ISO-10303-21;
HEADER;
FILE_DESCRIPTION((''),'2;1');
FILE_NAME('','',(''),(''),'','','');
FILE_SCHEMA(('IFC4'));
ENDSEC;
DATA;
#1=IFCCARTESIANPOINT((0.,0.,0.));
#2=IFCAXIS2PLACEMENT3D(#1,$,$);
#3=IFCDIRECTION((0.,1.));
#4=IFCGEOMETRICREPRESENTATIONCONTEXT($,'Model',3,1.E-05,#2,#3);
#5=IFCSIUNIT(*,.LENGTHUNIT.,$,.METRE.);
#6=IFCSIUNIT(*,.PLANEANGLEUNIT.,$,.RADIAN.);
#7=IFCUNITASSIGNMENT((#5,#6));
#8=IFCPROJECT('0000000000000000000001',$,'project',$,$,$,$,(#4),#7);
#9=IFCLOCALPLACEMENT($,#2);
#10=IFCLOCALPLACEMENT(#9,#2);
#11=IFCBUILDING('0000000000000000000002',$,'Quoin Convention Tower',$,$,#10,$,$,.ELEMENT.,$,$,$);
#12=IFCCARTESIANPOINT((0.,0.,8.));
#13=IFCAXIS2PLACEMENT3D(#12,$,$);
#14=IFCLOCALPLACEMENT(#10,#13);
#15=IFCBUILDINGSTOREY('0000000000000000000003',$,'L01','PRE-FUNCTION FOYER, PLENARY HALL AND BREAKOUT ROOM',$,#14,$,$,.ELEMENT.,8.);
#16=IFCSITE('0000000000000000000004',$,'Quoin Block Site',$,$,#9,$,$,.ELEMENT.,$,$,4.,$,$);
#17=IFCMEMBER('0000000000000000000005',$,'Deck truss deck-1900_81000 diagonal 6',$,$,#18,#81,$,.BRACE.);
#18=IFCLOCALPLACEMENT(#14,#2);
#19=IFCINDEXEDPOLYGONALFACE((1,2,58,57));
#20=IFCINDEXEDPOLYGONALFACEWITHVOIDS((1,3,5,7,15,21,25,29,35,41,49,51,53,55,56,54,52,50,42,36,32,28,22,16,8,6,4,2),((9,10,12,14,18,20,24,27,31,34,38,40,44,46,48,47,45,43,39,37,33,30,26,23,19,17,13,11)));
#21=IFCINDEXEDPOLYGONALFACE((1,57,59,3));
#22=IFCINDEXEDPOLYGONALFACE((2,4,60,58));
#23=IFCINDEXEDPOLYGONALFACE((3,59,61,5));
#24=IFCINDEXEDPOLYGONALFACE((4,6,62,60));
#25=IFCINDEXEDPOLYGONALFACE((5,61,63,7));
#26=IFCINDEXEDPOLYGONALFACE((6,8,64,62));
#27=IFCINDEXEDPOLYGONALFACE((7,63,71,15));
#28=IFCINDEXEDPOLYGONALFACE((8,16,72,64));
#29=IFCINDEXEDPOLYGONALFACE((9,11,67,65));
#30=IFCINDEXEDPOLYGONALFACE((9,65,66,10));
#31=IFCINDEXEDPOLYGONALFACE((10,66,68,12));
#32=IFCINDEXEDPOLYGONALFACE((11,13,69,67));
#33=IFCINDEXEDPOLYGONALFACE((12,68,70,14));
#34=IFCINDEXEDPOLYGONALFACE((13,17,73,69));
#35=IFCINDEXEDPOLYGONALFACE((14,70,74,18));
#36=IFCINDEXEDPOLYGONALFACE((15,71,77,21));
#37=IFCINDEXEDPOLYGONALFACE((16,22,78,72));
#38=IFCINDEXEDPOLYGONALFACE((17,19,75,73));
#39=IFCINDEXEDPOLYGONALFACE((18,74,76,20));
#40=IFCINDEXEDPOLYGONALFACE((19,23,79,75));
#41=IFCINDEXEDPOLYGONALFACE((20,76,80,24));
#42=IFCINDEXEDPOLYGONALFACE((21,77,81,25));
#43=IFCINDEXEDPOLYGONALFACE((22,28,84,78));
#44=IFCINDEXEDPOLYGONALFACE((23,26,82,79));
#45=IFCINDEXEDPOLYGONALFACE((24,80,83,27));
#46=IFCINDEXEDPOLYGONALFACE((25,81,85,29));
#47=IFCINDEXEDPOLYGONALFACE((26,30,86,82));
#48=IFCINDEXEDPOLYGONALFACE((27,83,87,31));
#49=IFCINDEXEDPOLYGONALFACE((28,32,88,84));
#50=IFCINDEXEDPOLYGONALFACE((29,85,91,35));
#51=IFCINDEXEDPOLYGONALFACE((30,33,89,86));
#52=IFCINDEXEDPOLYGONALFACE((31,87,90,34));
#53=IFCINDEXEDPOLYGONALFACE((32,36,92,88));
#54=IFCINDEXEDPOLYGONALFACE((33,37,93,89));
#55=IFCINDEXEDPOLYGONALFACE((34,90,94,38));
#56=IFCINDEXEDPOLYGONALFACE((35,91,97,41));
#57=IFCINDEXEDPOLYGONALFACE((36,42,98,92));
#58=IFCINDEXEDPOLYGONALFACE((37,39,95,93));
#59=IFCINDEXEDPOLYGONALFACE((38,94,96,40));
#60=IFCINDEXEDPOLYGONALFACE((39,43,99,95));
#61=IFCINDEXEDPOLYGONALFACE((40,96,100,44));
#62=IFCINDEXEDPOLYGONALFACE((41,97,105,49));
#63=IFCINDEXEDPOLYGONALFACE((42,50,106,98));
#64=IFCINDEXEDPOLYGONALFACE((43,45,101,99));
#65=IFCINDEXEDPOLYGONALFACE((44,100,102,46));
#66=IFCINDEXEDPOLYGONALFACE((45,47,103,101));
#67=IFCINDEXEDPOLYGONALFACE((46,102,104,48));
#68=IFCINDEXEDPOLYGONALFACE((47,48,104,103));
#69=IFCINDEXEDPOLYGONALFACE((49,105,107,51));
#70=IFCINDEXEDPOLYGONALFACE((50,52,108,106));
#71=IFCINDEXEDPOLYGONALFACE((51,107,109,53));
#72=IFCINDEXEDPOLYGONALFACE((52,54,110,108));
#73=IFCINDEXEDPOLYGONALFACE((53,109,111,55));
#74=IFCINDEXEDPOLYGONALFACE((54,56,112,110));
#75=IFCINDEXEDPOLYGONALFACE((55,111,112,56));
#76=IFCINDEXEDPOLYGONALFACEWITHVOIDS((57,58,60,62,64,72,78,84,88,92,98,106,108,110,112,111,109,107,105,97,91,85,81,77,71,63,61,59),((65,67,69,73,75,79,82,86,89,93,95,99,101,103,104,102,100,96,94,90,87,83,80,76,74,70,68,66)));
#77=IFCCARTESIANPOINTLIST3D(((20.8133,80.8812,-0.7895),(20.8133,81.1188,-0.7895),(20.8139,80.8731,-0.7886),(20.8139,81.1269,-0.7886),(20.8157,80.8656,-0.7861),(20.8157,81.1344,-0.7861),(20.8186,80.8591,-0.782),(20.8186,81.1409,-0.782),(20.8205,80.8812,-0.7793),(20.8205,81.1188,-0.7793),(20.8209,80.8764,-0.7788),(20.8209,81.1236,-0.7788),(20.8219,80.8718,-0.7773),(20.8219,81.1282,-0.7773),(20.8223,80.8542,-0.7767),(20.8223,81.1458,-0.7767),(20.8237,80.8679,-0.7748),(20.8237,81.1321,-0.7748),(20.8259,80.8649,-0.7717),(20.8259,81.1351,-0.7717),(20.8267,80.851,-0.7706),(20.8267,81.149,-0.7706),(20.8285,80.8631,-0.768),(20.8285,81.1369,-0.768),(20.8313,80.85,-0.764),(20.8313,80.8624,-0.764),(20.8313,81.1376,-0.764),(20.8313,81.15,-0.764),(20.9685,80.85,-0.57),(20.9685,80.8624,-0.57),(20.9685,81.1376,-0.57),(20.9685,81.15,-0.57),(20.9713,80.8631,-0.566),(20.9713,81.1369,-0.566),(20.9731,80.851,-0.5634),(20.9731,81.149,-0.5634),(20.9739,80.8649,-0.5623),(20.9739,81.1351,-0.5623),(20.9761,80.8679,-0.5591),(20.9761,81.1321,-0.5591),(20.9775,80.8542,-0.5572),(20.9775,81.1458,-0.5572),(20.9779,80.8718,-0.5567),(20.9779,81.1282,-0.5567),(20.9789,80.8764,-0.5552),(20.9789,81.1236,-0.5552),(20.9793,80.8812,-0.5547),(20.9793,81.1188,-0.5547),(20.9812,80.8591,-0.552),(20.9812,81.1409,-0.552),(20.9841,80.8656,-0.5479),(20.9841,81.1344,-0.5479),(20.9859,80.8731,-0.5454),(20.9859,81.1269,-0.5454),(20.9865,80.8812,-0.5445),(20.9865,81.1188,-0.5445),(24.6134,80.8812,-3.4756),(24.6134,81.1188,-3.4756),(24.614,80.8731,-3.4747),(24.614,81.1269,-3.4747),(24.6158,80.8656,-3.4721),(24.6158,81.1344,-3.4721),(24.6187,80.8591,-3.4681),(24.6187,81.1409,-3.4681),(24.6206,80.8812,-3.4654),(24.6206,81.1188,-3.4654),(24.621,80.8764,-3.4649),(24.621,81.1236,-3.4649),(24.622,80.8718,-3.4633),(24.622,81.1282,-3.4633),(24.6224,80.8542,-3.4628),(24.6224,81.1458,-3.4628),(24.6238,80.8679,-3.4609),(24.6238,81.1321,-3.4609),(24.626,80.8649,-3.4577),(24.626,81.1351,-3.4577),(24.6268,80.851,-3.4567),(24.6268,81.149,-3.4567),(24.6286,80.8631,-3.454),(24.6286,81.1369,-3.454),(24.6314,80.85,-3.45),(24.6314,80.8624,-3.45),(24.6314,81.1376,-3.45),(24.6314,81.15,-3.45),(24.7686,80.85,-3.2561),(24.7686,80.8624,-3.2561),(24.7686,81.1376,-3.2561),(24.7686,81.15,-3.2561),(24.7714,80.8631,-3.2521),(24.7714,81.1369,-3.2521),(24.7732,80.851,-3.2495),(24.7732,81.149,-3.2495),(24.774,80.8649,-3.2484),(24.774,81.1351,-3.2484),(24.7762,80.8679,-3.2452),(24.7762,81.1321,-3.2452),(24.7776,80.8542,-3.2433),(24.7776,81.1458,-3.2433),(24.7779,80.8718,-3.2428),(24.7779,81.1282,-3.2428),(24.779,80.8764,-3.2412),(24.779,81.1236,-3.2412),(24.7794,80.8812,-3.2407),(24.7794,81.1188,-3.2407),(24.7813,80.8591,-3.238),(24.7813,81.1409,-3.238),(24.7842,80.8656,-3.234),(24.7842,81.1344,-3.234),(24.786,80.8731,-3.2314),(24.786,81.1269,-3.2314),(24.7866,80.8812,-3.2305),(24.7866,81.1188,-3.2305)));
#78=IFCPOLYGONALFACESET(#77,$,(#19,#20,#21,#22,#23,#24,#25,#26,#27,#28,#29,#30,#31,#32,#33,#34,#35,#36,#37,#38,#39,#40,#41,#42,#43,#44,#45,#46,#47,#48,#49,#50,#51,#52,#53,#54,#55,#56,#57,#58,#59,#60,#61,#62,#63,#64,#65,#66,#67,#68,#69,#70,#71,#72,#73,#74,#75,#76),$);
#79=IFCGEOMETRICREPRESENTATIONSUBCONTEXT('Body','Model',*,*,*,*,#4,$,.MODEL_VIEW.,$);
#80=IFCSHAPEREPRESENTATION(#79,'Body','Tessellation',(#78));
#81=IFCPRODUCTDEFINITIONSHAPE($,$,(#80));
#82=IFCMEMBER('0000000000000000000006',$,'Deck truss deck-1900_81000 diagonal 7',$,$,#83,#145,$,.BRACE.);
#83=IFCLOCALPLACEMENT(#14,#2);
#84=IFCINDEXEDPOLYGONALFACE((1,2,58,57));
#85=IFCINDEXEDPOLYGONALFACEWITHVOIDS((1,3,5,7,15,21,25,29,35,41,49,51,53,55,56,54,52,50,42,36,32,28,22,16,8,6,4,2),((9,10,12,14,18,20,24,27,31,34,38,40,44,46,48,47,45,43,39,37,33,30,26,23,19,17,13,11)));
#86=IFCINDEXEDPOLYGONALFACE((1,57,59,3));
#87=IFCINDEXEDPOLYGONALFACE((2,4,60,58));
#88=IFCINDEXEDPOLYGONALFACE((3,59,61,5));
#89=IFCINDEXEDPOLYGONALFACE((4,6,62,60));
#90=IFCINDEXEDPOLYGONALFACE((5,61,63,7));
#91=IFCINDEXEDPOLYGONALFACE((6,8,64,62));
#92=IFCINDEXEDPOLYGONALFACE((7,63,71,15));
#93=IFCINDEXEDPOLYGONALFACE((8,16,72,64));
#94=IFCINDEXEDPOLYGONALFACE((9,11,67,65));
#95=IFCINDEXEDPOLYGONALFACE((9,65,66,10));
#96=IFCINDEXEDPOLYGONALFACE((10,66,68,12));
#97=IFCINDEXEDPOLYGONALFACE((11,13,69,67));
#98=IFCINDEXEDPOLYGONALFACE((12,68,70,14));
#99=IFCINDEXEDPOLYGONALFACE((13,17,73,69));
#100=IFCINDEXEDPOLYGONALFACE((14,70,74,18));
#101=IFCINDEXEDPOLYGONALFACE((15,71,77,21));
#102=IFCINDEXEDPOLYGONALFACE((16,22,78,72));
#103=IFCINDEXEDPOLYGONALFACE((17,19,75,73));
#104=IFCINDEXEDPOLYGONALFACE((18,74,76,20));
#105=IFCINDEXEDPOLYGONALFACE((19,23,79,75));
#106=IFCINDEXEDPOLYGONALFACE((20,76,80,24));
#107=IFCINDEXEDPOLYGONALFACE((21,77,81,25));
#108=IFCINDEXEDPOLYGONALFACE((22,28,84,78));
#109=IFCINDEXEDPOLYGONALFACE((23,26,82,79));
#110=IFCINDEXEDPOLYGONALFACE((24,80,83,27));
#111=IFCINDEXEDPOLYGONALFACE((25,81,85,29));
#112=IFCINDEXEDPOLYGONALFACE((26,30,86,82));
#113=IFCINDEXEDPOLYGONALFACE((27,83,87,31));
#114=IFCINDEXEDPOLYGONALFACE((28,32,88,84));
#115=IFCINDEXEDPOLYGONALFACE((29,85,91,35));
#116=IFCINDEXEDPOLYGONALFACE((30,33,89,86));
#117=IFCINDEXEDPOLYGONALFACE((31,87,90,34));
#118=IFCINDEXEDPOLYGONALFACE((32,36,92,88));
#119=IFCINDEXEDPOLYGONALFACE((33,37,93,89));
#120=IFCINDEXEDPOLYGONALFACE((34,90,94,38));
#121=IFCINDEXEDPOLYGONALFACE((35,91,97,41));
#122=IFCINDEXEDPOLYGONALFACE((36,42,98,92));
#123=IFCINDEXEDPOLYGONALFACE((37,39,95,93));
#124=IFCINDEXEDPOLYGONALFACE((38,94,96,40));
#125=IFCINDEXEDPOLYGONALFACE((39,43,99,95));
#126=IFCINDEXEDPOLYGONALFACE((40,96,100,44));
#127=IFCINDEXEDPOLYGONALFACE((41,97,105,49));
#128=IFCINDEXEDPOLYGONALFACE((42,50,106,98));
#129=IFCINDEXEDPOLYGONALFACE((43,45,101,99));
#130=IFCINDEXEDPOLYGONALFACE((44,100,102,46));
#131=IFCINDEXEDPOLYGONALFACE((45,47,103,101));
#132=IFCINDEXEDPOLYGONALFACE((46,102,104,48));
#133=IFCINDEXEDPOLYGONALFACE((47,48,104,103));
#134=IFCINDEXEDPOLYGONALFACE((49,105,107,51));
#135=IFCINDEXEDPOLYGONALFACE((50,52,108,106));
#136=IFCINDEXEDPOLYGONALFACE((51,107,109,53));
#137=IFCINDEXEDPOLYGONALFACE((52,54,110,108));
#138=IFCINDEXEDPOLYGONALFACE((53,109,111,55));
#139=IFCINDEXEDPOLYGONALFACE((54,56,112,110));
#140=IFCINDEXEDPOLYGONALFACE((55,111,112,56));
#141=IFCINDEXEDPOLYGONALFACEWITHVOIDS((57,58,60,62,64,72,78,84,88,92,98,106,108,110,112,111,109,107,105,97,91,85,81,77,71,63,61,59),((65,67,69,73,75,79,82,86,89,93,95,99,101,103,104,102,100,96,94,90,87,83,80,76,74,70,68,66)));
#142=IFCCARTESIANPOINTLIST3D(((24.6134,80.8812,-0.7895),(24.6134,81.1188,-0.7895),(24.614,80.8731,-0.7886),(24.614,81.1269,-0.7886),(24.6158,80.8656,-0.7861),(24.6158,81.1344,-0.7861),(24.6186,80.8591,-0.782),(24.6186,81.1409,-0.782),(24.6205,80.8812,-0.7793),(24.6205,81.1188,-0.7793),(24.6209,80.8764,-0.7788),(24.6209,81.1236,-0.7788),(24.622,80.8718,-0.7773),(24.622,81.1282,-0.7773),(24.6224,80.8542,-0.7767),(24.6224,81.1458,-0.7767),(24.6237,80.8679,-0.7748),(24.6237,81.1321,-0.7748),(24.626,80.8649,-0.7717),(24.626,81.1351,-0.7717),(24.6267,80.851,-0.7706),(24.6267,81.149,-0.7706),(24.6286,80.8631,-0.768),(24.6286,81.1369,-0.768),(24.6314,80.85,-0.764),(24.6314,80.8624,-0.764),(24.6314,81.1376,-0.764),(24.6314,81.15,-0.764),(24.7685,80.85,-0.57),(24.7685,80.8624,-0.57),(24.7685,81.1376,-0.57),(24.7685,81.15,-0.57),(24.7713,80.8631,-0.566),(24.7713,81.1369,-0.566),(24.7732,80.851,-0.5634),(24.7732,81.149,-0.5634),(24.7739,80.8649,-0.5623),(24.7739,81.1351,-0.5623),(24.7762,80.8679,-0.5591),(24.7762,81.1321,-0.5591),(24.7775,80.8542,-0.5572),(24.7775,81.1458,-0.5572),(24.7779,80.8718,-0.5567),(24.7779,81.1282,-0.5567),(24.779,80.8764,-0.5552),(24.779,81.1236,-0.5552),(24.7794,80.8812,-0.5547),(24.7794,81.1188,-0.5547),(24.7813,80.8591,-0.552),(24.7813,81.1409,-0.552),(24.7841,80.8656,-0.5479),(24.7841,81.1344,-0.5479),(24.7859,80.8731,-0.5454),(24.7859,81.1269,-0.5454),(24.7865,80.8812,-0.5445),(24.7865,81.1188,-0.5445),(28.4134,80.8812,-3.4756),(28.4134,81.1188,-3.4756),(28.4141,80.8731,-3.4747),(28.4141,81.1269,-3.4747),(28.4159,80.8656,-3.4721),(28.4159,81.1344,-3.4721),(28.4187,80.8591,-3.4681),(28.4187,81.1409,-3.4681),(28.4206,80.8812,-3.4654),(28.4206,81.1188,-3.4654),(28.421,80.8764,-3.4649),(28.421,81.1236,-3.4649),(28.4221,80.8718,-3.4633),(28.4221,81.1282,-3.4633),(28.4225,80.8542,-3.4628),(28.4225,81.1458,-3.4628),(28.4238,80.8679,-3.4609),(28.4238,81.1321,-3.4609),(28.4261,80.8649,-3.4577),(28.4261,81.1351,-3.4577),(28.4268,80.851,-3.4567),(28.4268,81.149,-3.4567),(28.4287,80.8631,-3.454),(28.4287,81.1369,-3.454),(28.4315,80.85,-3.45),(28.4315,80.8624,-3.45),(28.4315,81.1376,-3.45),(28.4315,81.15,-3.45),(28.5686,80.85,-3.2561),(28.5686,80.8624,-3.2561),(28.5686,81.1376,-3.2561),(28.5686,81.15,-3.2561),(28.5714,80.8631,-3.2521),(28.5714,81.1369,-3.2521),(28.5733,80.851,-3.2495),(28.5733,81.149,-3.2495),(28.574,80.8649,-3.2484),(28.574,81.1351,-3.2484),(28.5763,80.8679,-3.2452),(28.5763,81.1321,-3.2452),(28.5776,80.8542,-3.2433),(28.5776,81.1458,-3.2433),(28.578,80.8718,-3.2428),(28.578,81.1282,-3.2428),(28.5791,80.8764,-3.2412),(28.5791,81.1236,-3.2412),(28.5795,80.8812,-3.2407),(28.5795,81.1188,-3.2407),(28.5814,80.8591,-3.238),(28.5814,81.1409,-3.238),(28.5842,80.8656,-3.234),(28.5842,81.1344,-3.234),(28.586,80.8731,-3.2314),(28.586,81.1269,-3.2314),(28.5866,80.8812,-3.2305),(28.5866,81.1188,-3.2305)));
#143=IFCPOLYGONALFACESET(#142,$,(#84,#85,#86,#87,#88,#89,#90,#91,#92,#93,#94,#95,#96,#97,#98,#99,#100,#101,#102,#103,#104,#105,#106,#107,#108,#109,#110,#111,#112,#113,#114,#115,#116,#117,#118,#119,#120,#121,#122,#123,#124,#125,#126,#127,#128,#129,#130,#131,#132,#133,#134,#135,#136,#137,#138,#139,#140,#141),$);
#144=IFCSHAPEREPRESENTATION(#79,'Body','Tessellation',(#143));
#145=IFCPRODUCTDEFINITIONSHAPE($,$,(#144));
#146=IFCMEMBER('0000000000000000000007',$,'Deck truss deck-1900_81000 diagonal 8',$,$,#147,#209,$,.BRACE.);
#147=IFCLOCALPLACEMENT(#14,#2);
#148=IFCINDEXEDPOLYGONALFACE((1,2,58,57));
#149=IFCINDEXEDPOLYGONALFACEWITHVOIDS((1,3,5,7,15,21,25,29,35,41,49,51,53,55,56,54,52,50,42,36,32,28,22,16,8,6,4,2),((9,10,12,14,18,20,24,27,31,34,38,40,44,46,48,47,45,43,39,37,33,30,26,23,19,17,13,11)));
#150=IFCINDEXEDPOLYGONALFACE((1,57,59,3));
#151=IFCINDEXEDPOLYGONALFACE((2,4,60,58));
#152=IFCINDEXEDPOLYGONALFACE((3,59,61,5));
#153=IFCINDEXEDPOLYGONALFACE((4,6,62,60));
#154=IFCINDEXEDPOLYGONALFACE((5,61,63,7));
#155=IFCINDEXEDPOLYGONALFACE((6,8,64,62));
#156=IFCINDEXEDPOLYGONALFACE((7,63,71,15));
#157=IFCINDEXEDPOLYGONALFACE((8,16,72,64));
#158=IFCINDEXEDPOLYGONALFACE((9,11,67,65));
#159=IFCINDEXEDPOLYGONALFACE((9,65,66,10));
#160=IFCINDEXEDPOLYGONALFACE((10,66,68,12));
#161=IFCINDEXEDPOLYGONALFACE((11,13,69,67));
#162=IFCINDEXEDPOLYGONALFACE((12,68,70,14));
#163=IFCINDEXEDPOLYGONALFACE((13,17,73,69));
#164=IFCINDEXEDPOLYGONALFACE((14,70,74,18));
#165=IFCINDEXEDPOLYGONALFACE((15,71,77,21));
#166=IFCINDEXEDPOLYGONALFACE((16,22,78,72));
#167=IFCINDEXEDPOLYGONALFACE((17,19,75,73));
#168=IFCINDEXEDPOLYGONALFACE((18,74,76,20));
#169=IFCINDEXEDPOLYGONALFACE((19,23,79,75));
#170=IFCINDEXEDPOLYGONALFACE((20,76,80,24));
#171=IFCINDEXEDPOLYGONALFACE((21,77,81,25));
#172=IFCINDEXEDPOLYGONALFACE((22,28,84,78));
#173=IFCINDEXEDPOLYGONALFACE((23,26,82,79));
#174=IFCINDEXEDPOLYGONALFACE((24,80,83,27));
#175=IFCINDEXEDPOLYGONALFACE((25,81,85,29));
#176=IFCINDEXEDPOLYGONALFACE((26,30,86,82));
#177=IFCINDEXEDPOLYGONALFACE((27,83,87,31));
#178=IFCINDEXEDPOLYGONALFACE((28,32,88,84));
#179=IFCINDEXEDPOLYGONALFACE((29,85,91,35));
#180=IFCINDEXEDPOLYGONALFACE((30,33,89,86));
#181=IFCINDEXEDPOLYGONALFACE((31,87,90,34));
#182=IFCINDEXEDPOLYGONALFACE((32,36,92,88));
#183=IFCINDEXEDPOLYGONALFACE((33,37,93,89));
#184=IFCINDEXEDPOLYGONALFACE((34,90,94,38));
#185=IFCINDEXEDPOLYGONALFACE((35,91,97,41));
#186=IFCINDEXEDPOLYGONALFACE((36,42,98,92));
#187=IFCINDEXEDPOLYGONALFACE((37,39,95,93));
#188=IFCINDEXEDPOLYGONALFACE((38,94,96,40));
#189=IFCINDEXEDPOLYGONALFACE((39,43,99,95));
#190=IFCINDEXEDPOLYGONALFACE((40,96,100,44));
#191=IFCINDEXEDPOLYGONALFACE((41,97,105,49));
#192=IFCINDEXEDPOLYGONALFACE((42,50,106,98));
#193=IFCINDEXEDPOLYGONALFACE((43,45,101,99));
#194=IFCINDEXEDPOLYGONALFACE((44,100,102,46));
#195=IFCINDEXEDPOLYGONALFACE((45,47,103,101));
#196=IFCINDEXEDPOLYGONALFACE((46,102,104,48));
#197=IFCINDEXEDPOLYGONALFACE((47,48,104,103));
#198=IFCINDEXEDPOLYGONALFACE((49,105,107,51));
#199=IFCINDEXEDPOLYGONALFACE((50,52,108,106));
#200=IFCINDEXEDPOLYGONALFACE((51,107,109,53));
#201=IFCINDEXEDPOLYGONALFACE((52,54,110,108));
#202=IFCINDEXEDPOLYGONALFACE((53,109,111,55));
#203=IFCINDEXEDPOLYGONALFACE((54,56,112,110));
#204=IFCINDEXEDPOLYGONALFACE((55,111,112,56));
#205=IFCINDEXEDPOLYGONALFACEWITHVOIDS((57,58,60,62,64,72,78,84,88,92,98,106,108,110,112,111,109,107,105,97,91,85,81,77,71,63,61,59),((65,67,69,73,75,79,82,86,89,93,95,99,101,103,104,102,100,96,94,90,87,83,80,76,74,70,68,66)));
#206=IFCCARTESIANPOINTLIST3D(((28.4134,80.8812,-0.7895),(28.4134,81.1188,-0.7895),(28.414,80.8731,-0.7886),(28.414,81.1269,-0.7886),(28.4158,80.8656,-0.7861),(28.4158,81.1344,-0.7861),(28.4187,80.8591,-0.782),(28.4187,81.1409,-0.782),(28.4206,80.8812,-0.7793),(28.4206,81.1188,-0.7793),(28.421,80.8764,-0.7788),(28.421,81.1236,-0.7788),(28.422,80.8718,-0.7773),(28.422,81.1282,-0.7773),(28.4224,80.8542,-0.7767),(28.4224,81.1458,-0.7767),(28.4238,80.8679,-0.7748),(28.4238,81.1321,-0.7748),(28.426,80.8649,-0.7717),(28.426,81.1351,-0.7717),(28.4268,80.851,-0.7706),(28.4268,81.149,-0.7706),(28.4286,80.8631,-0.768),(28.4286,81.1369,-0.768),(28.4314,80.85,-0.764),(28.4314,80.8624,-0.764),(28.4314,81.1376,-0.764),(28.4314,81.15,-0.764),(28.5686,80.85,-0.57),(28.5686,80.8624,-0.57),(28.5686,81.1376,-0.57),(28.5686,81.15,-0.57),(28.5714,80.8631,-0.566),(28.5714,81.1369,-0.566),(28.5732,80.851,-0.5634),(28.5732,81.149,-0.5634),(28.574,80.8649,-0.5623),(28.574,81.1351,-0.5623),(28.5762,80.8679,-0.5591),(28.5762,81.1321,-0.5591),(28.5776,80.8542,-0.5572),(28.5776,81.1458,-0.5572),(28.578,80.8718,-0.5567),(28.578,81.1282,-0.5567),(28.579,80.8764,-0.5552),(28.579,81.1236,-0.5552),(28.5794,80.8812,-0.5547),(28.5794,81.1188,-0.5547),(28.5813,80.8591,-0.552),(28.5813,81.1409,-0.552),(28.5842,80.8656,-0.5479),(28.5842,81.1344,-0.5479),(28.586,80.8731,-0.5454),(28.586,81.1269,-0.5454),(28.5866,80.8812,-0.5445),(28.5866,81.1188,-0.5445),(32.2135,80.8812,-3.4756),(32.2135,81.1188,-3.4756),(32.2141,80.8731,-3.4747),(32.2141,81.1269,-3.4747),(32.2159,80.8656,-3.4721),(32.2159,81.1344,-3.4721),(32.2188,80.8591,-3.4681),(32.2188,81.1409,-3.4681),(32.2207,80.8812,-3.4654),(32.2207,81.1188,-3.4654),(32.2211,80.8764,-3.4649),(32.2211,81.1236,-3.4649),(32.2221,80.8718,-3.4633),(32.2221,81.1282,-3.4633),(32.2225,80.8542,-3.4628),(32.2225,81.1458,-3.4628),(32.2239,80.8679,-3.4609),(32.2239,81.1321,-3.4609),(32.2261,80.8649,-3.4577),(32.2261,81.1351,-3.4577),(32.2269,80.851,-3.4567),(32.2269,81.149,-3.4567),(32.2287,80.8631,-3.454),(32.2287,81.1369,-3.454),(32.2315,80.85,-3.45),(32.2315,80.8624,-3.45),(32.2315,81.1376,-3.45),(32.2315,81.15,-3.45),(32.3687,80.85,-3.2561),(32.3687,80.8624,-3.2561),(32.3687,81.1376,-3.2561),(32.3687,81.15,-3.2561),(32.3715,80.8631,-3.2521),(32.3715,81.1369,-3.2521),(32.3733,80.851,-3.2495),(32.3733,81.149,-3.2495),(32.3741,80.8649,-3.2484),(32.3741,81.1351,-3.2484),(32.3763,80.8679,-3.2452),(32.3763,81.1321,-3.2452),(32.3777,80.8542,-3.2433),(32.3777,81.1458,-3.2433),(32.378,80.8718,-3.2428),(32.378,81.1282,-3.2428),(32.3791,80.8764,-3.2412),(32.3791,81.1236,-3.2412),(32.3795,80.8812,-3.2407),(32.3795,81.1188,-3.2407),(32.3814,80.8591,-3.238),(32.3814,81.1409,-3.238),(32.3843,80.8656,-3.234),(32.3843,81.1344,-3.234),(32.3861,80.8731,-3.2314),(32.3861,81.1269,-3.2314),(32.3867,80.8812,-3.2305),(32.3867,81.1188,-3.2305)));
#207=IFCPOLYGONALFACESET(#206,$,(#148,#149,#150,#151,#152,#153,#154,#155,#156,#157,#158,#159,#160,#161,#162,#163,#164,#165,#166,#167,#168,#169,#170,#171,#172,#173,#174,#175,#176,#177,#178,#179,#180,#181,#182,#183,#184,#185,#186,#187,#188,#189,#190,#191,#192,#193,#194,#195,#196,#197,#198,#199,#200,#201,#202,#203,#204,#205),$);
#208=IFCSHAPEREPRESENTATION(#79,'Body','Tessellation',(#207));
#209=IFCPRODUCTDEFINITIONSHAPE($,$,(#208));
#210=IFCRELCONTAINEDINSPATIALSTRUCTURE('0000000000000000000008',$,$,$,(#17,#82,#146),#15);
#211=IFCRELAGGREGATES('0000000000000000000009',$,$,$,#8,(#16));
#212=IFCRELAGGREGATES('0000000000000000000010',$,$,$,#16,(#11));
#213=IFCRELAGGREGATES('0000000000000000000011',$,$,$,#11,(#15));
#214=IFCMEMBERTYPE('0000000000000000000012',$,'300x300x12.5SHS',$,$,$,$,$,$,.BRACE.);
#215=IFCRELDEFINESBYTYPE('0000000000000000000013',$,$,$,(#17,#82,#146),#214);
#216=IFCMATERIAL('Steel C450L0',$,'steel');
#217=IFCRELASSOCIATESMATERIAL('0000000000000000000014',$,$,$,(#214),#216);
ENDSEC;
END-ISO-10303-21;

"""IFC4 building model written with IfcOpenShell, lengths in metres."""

from ifc_helpers import new_model, si_unit, direction, frame, origin, origin_2d, place, context, subcontext, project, spatial, hollow_rectangle, extrude, material, material_profile, profile_set, type_object, element, save


model = new_model("IFC4")

# Units and contexts
model_context = context("Model", 3, precision=1e-05, world=origin(), true_north=direction((0.0, 1.0)))
body_context = subcontext(model_context, "Body", "Model", "MODEL_VIEW")
ifc_project = project(units=[si_unit("LENGTHUNIT", "METRE"), si_unit("PLANEANGLEUNIT", "RADIAN")], contexts=[model_context])

# Site, building, storey
site_placement = place(None, origin())
site = spatial("IfcSite", under=ifc_project, at=site_placement, Name="Quoin Block Site", CompositionType="ELEMENT", RefElevation=4.0)
building_placement = place(site_placement, origin())
building = spatial("IfcBuilding", under=site, at=building_placement, Name="Quoin Convention Tower", CompositionType="ELEMENT")
storey_placement = place(building_placement, frame((0.0, 0.0, 8.0)))
storey = spatial("IfcBuildingStorey", under=building, at=storey_placement, Name="L01", Description="PRE-FUNCTION FOYER, PLENARY HALL AND BREAKOUT ROOM", CompositionType="ELEMENT", Elevation=8.0)

# Shared definitions
ifc_material_1 = material(Name="Steel C450L0", Category="steel")

# Members
ifc_material_profile_1 = material_profile(ifc_material_1, hollow_rectangle(XDim=0.3, YDim=0.3, WallThickness=0.0125, InnerFilletRadius=0.0188, OuterFilletRadius=0.0312, at=origin_2d()), Name="300x300x12.5SHS")
ifc_profile_set_1 = profile_set([ifc_material_profile_1], Name="Steel C450L0")
member_type_1 = type_object("IfcMemberType", Name="300x300x12.5SHS", PredefinedType="BRACE", material=ifc_profile_set_1)
for number, where, z_axis, x_axis, name in (
    (1, (20.8999, 81.0, -0.667), (0.816598, 0.0, -0.577206), (0.0, 1.0, 0.0), "Deck truss deck-1900_81000 diagonal 6"),
    (2, (24.7, 81.0, -0.667), (0.816598, 0.0, -0.577206), (0.0, 1.0, 0.0), "Deck truss deck-1900_81000 diagonal 7"),
    (3, (28.5, 81.0, -0.667), (0.816598, 0.0, -0.577206), (0.0, 1.0, 0.0), "Deck truss deck-1900_81000 diagonal 8"),
):
    element("IfcMember", number, at=place(storey_placement, frame(where, z_axis=z_axis, x_axis=x_axis)), inside=storey, type_object=member_type_1, Name=name, PredefinedType="BRACE", context=body_context, shape_type="SweptSolid", body=[
        extrude(hollow_rectangle(XDim=0.3, YDim=0.3, WallThickness=0.0125, InnerFilletRadius=0.0188, OuterFilletRadius=0.0312, at=origin_2d()), origin(), (0.0, 0.0, 1.0), 4.6536),
    ])

save(model, "model.ifc")
